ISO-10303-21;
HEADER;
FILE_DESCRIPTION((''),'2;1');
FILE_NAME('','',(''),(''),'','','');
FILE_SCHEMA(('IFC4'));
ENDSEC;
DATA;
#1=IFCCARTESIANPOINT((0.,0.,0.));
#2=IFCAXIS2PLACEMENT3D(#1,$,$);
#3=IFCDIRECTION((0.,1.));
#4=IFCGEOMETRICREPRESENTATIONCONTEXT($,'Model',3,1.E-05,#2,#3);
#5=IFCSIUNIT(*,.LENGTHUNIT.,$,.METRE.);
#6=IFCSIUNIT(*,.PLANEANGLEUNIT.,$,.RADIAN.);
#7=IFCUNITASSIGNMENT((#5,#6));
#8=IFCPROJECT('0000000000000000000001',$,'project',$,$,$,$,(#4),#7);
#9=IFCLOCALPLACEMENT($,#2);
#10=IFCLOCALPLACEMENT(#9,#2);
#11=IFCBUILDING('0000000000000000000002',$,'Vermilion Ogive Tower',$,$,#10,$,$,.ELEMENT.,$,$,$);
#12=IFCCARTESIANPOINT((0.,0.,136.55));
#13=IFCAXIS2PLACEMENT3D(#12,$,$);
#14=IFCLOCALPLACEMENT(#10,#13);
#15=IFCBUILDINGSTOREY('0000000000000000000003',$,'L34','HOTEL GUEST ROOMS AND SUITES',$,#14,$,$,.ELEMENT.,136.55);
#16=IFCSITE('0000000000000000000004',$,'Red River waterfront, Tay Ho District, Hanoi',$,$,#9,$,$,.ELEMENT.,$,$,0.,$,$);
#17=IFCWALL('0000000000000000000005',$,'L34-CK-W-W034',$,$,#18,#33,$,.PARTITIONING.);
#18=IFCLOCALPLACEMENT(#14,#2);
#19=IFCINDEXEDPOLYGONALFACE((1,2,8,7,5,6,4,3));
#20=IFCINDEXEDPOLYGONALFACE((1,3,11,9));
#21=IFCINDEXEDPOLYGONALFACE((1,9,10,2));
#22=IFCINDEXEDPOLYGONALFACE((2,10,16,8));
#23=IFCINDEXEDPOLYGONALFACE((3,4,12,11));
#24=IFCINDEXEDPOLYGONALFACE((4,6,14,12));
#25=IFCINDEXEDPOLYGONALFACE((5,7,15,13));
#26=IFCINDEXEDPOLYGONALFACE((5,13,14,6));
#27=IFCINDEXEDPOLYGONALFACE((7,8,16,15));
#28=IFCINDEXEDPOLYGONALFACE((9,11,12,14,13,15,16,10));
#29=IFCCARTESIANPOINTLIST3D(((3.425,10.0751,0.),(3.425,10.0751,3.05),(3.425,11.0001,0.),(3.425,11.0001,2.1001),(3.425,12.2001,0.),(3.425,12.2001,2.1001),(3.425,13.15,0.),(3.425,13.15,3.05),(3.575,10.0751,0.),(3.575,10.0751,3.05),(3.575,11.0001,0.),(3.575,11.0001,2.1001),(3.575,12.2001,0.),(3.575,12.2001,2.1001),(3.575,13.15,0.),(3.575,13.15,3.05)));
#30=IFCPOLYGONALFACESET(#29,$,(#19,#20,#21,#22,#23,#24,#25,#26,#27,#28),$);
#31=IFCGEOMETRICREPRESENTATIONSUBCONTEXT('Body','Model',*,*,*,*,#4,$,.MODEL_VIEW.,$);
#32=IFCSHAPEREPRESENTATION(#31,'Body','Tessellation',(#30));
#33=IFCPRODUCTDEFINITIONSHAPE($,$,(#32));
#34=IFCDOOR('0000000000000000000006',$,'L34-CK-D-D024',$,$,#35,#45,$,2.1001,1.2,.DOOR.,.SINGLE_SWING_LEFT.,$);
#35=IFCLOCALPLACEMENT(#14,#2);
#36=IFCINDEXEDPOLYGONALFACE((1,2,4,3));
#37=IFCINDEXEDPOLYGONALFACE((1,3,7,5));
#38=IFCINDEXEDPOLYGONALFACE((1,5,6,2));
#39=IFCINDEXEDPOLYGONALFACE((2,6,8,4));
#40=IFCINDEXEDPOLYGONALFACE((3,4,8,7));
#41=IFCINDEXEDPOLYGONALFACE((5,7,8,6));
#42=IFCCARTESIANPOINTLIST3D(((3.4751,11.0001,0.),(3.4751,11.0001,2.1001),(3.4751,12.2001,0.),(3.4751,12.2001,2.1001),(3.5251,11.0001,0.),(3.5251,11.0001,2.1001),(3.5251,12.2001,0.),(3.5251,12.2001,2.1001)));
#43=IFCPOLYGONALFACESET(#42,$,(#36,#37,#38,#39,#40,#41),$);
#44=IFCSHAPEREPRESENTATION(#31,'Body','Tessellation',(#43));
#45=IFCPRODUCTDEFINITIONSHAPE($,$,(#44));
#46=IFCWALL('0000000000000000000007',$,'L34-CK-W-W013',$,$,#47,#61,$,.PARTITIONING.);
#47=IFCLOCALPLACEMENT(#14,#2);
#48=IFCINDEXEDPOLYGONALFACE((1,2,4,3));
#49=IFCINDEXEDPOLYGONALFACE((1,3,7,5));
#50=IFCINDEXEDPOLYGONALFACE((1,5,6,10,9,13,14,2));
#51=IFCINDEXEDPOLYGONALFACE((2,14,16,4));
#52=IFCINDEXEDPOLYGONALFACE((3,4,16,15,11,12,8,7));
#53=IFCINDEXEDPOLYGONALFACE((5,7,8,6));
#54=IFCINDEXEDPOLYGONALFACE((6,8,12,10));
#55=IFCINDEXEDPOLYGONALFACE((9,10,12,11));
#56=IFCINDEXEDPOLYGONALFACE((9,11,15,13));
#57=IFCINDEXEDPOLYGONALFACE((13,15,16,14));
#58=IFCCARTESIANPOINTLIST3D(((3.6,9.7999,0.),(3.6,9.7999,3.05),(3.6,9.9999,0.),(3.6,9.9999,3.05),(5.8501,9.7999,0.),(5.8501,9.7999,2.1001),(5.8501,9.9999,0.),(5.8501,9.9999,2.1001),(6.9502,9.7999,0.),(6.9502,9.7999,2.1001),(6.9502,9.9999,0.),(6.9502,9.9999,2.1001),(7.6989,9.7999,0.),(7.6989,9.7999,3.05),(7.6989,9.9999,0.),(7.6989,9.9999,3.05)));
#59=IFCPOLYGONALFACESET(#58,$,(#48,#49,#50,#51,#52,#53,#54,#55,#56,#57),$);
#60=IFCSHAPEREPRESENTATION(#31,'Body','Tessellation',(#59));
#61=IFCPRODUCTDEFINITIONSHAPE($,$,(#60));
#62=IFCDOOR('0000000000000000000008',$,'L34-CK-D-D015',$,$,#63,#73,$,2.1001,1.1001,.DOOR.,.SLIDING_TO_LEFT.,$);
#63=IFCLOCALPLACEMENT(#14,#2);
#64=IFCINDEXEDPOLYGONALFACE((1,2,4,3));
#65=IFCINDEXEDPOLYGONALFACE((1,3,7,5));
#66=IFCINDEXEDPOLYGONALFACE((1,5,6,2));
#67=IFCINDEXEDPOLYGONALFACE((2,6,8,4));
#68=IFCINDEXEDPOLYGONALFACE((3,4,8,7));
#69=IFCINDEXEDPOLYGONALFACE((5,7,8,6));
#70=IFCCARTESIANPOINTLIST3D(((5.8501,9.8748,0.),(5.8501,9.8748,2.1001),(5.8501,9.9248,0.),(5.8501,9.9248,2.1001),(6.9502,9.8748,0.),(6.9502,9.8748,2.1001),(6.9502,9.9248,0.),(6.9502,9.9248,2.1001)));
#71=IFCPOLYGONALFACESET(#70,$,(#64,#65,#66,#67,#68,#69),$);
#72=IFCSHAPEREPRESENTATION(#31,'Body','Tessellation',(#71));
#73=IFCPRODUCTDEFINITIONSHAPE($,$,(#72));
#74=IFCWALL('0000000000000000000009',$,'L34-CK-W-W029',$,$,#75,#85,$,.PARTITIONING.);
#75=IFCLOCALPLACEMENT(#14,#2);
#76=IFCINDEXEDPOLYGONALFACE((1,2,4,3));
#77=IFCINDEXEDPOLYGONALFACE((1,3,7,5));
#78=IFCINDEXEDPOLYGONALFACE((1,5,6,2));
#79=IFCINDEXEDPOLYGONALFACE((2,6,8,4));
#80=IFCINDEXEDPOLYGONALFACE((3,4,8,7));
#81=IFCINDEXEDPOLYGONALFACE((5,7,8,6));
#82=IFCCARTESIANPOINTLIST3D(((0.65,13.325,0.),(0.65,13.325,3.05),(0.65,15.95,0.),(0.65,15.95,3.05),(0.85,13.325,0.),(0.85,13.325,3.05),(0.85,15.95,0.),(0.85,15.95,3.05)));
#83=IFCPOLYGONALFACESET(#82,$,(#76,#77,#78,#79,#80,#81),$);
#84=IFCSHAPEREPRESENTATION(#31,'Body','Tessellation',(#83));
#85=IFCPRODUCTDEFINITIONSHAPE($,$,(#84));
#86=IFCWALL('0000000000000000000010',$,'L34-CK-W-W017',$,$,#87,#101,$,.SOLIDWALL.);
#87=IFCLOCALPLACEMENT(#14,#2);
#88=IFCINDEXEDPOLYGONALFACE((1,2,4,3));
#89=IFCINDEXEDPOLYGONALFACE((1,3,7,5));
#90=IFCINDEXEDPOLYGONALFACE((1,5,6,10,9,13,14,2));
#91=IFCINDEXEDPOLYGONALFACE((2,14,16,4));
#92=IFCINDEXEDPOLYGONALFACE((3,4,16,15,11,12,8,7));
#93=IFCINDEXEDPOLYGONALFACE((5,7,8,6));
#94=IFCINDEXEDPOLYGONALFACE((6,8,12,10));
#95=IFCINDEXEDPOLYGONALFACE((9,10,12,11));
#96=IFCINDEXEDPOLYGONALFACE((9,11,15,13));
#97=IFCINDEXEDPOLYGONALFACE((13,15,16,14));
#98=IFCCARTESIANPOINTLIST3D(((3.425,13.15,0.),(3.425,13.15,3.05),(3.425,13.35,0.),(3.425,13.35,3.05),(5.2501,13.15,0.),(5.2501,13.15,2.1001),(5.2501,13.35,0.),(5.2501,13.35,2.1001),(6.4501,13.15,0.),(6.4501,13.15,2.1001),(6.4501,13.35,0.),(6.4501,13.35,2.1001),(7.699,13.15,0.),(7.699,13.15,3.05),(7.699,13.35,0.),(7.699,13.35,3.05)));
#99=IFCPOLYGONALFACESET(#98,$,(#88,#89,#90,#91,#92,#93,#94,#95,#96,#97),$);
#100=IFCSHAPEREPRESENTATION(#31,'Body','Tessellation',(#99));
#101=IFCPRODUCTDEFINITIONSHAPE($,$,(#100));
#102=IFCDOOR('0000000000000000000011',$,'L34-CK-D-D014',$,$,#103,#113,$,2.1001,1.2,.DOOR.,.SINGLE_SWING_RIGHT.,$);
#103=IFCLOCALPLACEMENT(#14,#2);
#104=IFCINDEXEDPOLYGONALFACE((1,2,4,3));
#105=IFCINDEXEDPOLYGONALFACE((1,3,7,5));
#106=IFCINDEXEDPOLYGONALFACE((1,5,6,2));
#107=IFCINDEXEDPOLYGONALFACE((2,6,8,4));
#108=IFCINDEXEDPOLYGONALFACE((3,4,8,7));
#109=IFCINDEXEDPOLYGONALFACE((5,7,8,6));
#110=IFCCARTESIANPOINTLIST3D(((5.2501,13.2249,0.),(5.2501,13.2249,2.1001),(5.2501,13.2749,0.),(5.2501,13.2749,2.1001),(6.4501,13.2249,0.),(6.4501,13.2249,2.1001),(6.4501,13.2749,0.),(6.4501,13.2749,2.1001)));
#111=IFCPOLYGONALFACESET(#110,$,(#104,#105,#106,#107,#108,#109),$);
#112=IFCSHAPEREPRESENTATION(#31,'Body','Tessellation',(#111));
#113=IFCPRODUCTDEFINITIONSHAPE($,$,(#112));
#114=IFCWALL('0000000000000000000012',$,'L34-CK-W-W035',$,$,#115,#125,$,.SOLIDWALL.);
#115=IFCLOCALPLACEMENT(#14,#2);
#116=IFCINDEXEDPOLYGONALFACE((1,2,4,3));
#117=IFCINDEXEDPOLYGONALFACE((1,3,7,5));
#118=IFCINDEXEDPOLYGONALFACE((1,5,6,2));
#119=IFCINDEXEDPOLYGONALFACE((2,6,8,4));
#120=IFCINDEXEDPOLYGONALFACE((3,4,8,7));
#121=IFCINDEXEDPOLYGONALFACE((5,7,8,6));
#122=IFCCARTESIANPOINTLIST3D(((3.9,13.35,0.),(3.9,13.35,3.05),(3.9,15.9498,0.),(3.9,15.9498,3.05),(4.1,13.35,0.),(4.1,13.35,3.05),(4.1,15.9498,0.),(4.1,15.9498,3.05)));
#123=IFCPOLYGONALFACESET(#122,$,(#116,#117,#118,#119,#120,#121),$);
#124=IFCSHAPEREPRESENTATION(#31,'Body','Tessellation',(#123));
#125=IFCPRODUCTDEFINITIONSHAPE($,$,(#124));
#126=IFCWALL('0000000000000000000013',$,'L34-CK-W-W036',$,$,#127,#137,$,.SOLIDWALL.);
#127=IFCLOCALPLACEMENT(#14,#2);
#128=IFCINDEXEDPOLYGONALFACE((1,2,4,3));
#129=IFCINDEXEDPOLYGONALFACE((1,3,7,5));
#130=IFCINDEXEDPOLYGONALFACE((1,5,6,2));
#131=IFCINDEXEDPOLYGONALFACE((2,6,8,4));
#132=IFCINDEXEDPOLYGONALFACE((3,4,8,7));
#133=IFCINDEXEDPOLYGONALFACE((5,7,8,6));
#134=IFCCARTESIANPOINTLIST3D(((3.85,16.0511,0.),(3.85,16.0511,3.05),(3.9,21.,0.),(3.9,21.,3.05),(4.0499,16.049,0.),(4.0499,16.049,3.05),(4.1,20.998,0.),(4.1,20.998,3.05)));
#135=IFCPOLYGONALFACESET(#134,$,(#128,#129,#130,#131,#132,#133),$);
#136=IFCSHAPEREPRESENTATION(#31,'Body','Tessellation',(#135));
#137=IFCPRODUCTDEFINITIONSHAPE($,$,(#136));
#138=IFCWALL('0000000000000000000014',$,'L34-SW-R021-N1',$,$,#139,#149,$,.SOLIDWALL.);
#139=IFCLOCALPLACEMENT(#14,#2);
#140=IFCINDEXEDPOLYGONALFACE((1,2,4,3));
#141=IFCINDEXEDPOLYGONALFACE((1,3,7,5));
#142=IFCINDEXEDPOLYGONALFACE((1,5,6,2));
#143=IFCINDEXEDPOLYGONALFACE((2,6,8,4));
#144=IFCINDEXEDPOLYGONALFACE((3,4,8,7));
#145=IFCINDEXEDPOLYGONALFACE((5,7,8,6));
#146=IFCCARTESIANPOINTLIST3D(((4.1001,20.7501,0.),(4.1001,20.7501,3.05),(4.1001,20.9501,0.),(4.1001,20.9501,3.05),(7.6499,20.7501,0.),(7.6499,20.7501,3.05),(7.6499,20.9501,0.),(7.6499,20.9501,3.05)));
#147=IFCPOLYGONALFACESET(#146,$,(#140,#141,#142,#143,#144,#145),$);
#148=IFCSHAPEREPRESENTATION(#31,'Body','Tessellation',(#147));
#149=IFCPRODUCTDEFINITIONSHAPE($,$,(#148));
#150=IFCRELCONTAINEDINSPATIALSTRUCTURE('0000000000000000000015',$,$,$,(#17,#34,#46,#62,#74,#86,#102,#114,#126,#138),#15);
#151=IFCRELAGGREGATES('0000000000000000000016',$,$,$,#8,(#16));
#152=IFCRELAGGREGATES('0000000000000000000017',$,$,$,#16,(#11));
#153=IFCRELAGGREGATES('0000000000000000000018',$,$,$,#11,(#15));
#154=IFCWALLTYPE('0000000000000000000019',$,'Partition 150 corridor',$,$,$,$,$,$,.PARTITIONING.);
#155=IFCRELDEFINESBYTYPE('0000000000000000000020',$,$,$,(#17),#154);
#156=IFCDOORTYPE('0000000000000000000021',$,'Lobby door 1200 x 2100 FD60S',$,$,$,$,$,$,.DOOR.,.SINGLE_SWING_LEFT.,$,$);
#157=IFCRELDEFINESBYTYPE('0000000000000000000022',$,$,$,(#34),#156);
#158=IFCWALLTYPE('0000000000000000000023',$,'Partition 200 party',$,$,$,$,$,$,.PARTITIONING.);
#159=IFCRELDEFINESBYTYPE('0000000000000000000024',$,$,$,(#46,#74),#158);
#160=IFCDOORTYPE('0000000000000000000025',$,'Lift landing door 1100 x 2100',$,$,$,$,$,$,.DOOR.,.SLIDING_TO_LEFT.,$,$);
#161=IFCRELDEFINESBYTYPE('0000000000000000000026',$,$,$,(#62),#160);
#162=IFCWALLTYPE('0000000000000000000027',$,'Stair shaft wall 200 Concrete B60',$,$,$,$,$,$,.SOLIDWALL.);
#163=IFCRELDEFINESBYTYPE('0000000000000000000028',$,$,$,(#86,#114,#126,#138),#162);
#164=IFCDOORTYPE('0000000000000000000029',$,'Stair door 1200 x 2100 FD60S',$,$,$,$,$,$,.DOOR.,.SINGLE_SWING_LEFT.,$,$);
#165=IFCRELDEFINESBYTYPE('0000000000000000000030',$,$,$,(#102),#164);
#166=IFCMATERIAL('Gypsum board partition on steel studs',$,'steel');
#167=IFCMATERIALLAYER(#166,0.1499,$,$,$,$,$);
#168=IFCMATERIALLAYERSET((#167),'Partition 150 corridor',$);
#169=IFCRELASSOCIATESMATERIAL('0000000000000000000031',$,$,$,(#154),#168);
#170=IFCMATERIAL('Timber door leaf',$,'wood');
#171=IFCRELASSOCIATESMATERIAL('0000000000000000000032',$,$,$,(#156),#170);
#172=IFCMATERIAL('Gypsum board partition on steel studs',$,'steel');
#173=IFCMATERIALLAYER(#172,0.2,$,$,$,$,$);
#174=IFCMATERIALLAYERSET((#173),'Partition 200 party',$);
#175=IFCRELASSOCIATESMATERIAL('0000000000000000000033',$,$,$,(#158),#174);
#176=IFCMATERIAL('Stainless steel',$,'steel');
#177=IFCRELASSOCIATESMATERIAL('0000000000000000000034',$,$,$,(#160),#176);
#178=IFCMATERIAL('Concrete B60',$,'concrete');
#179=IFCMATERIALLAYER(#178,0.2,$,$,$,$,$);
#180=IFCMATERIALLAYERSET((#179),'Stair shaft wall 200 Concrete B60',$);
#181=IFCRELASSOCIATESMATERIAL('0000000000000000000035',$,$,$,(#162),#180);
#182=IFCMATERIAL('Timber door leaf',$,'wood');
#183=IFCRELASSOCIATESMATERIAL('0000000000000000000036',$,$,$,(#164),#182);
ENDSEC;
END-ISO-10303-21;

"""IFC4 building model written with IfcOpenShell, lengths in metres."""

from ifc_helpers import new_model, si_unit, direction, frame, frame_2d, origin, place, context, subcontext, project, spatial, rectangle, extrude, material, layer, layer_set, type_object, element, fill, save


model = new_model("IFC4")

# Units and contexts
model_context = context("Model", 3, precision=1e-05, world=origin(), true_north=direction((0.0, 1.0)))
body_context = subcontext(model_context, "Body", "Model", "MODEL_VIEW")
ifc_project = project(units=[si_unit("LENGTHUNIT", "METRE"), si_unit("PLANEANGLEUNIT", "RADIAN")], contexts=[model_context])

# Site, building, storey
site_placement = place(None, origin())
site = spatial("IfcSite", under=ifc_project, at=site_placement, Name="Red River waterfront, Tay Ho District, Hanoi", CompositionType="ELEMENT", RefElevation=0.0)
building_placement = place(site_placement, origin())
building = spatial("IfcBuilding", under=site, at=building_placement, Name="Vermilion Ogive Tower", CompositionType="ELEMENT")
storey_placement = place(building_placement, frame((0.0, 0.0, 136.55)))
storey = spatial("IfcBuildingStorey", under=building, at=storey_placement, Name="L34", Description="HOTEL GUEST ROOMS AND SUITES", CompositionType="ELEMENT", Elevation=136.55)

# Walls, openings, doors
ifc_material_1 = material(Name="Gypsum board partition on steel studs", Category="steel")
ifc_layer_1 = layer(ifc_material_1, 0.1499)
ifc_layer_set_1 = layer_set([ifc_layer_1], Name="Partition 150 corridor")
wall_type_1 = type_object("IfcWallType", Name="Partition 150 corridor", PredefinedType="PARTITIONING", material=ifc_layer_set_1)
wall_1_placement = place(storey_placement, frame((3.5, 10.075, 0.0), z_axis=(0.0, 0.0, 1.0), x_axis=(0.0, 1.0, 0.0)))
wall_1 = element("IfcWall", 1, at=wall_1_placement, inside=storey, type_object=wall_type_1, Name="L34-CK-W-W034", PredefinedType="PARTITIONING", context=body_context, shape_type="SweptSolid", body=[
    extrude(rectangle(XDim=3.075, YDim=0.1499, at=frame_2d((1.5376, 0.0))), origin(), (0.0, 0.0, 1.0), 3.05),
])
opening_1_placement = place(wall_1_placement, frame((0.925, 0.0, 0.0)))
opening_1 = element("IfcOpeningElement", 2, at=opening_1_placement, cuts=wall_1, PredefinedType="OPENING", context=body_context, shape_type="SweptSolid", body=[
    extrude(rectangle(XDim=1.2, YDim=2.1001, at=frame_2d((0.6001, 1.05))), frame((0.0, 0.085, 0.0), z_axis=(0.0, -1.0, 0.0), x_axis=(1.0, 0.0, 0.0)), (0.0, 0.0, 1.0), 0.1699),
])
ifc_material_2 = material(Name="Timber door leaf", Category="wood")
door_type_1 = type_object("IfcDoorType", Name="Lobby door 1200 x 2100 FD60S", OperationType="SINGLE_SWING_LEFT", PredefinedType="DOOR", material=ifc_material_2)
door_1_placement = place(opening_1_placement, origin())
door_1 = element("IfcDoor", 3, at=door_1_placement, inside=storey, type_object=door_type_1, Name="L34-CK-D-D024", OperationType="SINGLE_SWING_LEFT", OverallHeight=2.1001, OverallWidth=1.2, PredefinedType="DOOR", context=body_context, shape_type="SweptSolid", body=[
    extrude(rectangle(XDim=1.2, YDim=2.1001, at=frame_2d((0.6001, 1.05))), frame((0.0, 0.0249, 0.0), z_axis=(0.0, -1.0, 0.0), x_axis=(1.0, 0.0, 0.0)), (0.0, 0.0, 1.0), 0.05),
])
fill(opening_1, door_1)
ifc_material_3 = material(Name="Gypsum board partition on steel studs", Category="steel")
ifc_layer_2 = layer(ifc_material_3, 0.2)
ifc_layer_set_2 = layer_set([ifc_layer_2], Name="Partition 200 party")
wall_type_2 = type_object("IfcWallType", Name="Partition 200 party", PredefinedType="PARTITIONING", material=ifc_layer_set_2)
wall_2_placement = place(storey_placement, frame((3.6001, 9.8999, 0.0), z_axis=(0.0, 0.0, 1.0), x_axis=(1.0, 0.0, 0.0)))
wall_2 = element("IfcWall", 4, at=wall_2_placement, inside=storey, type_object=wall_type_2, Name="L34-CK-W-W013", PredefinedType="PARTITIONING", context=body_context, shape_type="SweptSolid", body=[
    extrude(rectangle(XDim=4.0989, YDim=0.2, at=frame_2d((2.0493, 0.0))), origin(), (0.0, 0.0, 1.0), 3.05),
])
opening_2_placement = place(wall_2_placement, frame((2.25, 0.0, 0.0)))
opening_2 = element("IfcOpeningElement", 5, at=opening_2_placement, cuts=wall_2, PredefinedType="OPENING", context=body_context, shape_type="SweptSolid", body=[
    extrude(rectangle(XDim=1.1001, YDim=2.1001, at=frame_2d((0.55, 1.05))), frame((0.0, 0.1099, 0.0), z_axis=(0.0, -1.0, 0.0), x_axis=(1.0, 0.0, 0.0)), (0.0, 0.0, 1.0), 0.22),
])
ifc_material_4 = material(Name="Stainless steel", Category="steel")
door_type_2 = type_object("IfcDoorType", Name="Lift landing door 1100 x 2100", OperationType="SLIDING_TO_LEFT", PredefinedType="DOOR", material=ifc_material_4)
door_2_placement = place(opening_2_placement, origin())
door_2 = element("IfcDoor", 6, at=door_2_placement, inside=storey, type_object=door_type_2, Name="L34-CK-D-D015", OperationType="SLIDING_TO_LEFT", OverallHeight=2.1001, OverallWidth=1.1001, PredefinedType="DOOR", context=body_context, shape_type="SweptSolid", body=[
    extrude(rectangle(XDim=1.1001, YDim=2.1001, at=frame_2d((0.55, 1.05))), frame((0.0, 0.0249, 0.0), z_axis=(0.0, -1.0, 0.0), x_axis=(1.0, 0.0, 0.0)), (0.0, 0.0, 1.0), 0.05),
])
fill(opening_2, door_2)

# Wall
wall_3_placement = place(storey_placement, frame((0.75, 13.325, 0.0), z_axis=(0.0, 0.0, 1.0), x_axis=(0.0, 1.0, 0.0)))
element("IfcWall", 7, at=wall_3_placement, inside=storey, type_object=wall_type_2, Name="L34-CK-W-W029", PredefinedType="PARTITIONING", context=body_context, shape_type="SweptSolid", body=[
    extrude(rectangle(XDim=2.625, YDim=0.2, at=frame_2d((1.3125, 0.0))), origin(), (0.0, 0.0, 1.0), 3.05),
])

# Wall, opening, door
ifc_material_5 = material(Name="Concrete B60", Category="concrete")
ifc_layer_3 = layer(ifc_material_5, 0.2)
ifc_layer_set_3 = layer_set([ifc_layer_3], Name="Stair shaft wall 200 Concrete B60")
wall_type_3 = type_object("IfcWallType", Name="Stair shaft wall 200 Concrete B60", PredefinedType="SOLIDWALL", material=ifc_layer_set_3)
wall_4_placement = place(storey_placement, frame((3.425, 13.25, 0.0), z_axis=(0.0, 0.0, 1.0), x_axis=(1.0, 0.0, 0.0)))
wall_4 = element("IfcWall", 8, at=wall_4_placement, inside=storey, type_object=wall_type_3, Name="L34-CK-W-W017", PredefinedType="SOLIDWALL", context=body_context, shape_type="SweptSolid", body=[
    extrude(rectangle(XDim=4.2739, YDim=0.2, at=frame_2d((2.137, 0.0))), origin(), (0.0, 0.0, 1.0), 3.05),
])
opening_3_placement = place(wall_4_placement, frame((1.825, 0.0, 0.0)))
opening_3 = element("IfcOpeningElement", 9, at=opening_3_placement, cuts=wall_4, PredefinedType="OPENING", context=body_context, shape_type="SweptSolid", body=[
    extrude(rectangle(XDim=1.2, YDim=2.1001, at=frame_2d((0.6001, 1.05))), frame((0.0, 0.1099, 0.0), z_axis=(0.0, -1.0, 0.0), x_axis=(1.0, 0.0, 0.0)), (0.0, 0.0, 1.0), 0.22),
])
ifc_material_6 = material(Name="Timber door leaf", Category="wood")
door_type_3 = type_object("IfcDoorType", Name="Stair door 1200 x 2100 FD60S", OperationType="SINGLE_SWING_LEFT", PredefinedType="DOOR", material=ifc_material_6)
door_3_placement = place(opening_3_placement, origin())
door_3 = element("IfcDoor", 10, at=door_3_placement, inside=storey, type_object=door_type_3, Name="L34-CK-D-D014", OperationType="SINGLE_SWING_RIGHT", OverallHeight=2.1001, OverallWidth=1.2, PredefinedType="DOOR", context=body_context, shape_type="SweptSolid", body=[
    extrude(rectangle(XDim=1.2, YDim=2.1001, at=frame_2d((0.6001, 1.05))), frame((0.0, 0.0249, 0.0), z_axis=(0.0, -1.0, 0.0), x_axis=(1.0, 0.0, 0.0)), (0.0, 0.0, 1.0), 0.05),
])
fill(opening_3, door_3)

# Walls
wall_5_placement = place(storey_placement, frame((4.0, 13.3501, 0.0), z_axis=(0.0, 0.0, 1.0), x_axis=(0.0, 1.0, 0.0)))
element("IfcWall", 11, at=wall_5_placement, inside=storey, type_object=wall_type_3, Name="L34-CK-W-W035", PredefinedType="SOLIDWALL", context=body_context, shape_type="SweptSolid", body=[
    extrude(rectangle(XDim=2.5999, YDim=0.2, at=frame_2d((1.2998, 0.0))), origin(), (0.0, 0.0, 1.0), 3.05),
])
wall_6_placement = place(storey_placement, frame((3.95, 16.05, 0.0), z_axis=(0.0, 0.0, 1.0), x_axis=(0.010112, 0.999949, 0.0)))
element("IfcWall", 12, at=wall_6_placement, inside=storey, type_object=wall_type_3, Name="L34-CK-W-W036", PredefinedType="SOLIDWALL", context=body_context, shape_type="SweptSolid", body=[
    extrude(rectangle(XDim=4.9492, YDim=0.2, at=frame_2d((2.4746, 0.0))), origin(), (0.0, 0.0, 1.0), 3.05),
])
wall_7_placement = place(storey_placement, frame((4.1001, 20.8501, 0.0), z_axis=(0.0, 0.0, 1.0), x_axis=(1.0, 0.0, 0.0)))
element("IfcWall", 13, at=wall_7_placement, inside=storey, type_object=wall_type_3, Name="L34-SW-R021-N1", PredefinedType="SOLIDWALL", context=body_context, shape_type="SweptSolid", body=[
    extrude(rectangle(XDim=3.5498, YDim=0.2, at=frame_2d((1.7749, 0.0))), origin(), (0.0, 0.0, 1.0), 3.05),
])

save(model, "model.ifc")
